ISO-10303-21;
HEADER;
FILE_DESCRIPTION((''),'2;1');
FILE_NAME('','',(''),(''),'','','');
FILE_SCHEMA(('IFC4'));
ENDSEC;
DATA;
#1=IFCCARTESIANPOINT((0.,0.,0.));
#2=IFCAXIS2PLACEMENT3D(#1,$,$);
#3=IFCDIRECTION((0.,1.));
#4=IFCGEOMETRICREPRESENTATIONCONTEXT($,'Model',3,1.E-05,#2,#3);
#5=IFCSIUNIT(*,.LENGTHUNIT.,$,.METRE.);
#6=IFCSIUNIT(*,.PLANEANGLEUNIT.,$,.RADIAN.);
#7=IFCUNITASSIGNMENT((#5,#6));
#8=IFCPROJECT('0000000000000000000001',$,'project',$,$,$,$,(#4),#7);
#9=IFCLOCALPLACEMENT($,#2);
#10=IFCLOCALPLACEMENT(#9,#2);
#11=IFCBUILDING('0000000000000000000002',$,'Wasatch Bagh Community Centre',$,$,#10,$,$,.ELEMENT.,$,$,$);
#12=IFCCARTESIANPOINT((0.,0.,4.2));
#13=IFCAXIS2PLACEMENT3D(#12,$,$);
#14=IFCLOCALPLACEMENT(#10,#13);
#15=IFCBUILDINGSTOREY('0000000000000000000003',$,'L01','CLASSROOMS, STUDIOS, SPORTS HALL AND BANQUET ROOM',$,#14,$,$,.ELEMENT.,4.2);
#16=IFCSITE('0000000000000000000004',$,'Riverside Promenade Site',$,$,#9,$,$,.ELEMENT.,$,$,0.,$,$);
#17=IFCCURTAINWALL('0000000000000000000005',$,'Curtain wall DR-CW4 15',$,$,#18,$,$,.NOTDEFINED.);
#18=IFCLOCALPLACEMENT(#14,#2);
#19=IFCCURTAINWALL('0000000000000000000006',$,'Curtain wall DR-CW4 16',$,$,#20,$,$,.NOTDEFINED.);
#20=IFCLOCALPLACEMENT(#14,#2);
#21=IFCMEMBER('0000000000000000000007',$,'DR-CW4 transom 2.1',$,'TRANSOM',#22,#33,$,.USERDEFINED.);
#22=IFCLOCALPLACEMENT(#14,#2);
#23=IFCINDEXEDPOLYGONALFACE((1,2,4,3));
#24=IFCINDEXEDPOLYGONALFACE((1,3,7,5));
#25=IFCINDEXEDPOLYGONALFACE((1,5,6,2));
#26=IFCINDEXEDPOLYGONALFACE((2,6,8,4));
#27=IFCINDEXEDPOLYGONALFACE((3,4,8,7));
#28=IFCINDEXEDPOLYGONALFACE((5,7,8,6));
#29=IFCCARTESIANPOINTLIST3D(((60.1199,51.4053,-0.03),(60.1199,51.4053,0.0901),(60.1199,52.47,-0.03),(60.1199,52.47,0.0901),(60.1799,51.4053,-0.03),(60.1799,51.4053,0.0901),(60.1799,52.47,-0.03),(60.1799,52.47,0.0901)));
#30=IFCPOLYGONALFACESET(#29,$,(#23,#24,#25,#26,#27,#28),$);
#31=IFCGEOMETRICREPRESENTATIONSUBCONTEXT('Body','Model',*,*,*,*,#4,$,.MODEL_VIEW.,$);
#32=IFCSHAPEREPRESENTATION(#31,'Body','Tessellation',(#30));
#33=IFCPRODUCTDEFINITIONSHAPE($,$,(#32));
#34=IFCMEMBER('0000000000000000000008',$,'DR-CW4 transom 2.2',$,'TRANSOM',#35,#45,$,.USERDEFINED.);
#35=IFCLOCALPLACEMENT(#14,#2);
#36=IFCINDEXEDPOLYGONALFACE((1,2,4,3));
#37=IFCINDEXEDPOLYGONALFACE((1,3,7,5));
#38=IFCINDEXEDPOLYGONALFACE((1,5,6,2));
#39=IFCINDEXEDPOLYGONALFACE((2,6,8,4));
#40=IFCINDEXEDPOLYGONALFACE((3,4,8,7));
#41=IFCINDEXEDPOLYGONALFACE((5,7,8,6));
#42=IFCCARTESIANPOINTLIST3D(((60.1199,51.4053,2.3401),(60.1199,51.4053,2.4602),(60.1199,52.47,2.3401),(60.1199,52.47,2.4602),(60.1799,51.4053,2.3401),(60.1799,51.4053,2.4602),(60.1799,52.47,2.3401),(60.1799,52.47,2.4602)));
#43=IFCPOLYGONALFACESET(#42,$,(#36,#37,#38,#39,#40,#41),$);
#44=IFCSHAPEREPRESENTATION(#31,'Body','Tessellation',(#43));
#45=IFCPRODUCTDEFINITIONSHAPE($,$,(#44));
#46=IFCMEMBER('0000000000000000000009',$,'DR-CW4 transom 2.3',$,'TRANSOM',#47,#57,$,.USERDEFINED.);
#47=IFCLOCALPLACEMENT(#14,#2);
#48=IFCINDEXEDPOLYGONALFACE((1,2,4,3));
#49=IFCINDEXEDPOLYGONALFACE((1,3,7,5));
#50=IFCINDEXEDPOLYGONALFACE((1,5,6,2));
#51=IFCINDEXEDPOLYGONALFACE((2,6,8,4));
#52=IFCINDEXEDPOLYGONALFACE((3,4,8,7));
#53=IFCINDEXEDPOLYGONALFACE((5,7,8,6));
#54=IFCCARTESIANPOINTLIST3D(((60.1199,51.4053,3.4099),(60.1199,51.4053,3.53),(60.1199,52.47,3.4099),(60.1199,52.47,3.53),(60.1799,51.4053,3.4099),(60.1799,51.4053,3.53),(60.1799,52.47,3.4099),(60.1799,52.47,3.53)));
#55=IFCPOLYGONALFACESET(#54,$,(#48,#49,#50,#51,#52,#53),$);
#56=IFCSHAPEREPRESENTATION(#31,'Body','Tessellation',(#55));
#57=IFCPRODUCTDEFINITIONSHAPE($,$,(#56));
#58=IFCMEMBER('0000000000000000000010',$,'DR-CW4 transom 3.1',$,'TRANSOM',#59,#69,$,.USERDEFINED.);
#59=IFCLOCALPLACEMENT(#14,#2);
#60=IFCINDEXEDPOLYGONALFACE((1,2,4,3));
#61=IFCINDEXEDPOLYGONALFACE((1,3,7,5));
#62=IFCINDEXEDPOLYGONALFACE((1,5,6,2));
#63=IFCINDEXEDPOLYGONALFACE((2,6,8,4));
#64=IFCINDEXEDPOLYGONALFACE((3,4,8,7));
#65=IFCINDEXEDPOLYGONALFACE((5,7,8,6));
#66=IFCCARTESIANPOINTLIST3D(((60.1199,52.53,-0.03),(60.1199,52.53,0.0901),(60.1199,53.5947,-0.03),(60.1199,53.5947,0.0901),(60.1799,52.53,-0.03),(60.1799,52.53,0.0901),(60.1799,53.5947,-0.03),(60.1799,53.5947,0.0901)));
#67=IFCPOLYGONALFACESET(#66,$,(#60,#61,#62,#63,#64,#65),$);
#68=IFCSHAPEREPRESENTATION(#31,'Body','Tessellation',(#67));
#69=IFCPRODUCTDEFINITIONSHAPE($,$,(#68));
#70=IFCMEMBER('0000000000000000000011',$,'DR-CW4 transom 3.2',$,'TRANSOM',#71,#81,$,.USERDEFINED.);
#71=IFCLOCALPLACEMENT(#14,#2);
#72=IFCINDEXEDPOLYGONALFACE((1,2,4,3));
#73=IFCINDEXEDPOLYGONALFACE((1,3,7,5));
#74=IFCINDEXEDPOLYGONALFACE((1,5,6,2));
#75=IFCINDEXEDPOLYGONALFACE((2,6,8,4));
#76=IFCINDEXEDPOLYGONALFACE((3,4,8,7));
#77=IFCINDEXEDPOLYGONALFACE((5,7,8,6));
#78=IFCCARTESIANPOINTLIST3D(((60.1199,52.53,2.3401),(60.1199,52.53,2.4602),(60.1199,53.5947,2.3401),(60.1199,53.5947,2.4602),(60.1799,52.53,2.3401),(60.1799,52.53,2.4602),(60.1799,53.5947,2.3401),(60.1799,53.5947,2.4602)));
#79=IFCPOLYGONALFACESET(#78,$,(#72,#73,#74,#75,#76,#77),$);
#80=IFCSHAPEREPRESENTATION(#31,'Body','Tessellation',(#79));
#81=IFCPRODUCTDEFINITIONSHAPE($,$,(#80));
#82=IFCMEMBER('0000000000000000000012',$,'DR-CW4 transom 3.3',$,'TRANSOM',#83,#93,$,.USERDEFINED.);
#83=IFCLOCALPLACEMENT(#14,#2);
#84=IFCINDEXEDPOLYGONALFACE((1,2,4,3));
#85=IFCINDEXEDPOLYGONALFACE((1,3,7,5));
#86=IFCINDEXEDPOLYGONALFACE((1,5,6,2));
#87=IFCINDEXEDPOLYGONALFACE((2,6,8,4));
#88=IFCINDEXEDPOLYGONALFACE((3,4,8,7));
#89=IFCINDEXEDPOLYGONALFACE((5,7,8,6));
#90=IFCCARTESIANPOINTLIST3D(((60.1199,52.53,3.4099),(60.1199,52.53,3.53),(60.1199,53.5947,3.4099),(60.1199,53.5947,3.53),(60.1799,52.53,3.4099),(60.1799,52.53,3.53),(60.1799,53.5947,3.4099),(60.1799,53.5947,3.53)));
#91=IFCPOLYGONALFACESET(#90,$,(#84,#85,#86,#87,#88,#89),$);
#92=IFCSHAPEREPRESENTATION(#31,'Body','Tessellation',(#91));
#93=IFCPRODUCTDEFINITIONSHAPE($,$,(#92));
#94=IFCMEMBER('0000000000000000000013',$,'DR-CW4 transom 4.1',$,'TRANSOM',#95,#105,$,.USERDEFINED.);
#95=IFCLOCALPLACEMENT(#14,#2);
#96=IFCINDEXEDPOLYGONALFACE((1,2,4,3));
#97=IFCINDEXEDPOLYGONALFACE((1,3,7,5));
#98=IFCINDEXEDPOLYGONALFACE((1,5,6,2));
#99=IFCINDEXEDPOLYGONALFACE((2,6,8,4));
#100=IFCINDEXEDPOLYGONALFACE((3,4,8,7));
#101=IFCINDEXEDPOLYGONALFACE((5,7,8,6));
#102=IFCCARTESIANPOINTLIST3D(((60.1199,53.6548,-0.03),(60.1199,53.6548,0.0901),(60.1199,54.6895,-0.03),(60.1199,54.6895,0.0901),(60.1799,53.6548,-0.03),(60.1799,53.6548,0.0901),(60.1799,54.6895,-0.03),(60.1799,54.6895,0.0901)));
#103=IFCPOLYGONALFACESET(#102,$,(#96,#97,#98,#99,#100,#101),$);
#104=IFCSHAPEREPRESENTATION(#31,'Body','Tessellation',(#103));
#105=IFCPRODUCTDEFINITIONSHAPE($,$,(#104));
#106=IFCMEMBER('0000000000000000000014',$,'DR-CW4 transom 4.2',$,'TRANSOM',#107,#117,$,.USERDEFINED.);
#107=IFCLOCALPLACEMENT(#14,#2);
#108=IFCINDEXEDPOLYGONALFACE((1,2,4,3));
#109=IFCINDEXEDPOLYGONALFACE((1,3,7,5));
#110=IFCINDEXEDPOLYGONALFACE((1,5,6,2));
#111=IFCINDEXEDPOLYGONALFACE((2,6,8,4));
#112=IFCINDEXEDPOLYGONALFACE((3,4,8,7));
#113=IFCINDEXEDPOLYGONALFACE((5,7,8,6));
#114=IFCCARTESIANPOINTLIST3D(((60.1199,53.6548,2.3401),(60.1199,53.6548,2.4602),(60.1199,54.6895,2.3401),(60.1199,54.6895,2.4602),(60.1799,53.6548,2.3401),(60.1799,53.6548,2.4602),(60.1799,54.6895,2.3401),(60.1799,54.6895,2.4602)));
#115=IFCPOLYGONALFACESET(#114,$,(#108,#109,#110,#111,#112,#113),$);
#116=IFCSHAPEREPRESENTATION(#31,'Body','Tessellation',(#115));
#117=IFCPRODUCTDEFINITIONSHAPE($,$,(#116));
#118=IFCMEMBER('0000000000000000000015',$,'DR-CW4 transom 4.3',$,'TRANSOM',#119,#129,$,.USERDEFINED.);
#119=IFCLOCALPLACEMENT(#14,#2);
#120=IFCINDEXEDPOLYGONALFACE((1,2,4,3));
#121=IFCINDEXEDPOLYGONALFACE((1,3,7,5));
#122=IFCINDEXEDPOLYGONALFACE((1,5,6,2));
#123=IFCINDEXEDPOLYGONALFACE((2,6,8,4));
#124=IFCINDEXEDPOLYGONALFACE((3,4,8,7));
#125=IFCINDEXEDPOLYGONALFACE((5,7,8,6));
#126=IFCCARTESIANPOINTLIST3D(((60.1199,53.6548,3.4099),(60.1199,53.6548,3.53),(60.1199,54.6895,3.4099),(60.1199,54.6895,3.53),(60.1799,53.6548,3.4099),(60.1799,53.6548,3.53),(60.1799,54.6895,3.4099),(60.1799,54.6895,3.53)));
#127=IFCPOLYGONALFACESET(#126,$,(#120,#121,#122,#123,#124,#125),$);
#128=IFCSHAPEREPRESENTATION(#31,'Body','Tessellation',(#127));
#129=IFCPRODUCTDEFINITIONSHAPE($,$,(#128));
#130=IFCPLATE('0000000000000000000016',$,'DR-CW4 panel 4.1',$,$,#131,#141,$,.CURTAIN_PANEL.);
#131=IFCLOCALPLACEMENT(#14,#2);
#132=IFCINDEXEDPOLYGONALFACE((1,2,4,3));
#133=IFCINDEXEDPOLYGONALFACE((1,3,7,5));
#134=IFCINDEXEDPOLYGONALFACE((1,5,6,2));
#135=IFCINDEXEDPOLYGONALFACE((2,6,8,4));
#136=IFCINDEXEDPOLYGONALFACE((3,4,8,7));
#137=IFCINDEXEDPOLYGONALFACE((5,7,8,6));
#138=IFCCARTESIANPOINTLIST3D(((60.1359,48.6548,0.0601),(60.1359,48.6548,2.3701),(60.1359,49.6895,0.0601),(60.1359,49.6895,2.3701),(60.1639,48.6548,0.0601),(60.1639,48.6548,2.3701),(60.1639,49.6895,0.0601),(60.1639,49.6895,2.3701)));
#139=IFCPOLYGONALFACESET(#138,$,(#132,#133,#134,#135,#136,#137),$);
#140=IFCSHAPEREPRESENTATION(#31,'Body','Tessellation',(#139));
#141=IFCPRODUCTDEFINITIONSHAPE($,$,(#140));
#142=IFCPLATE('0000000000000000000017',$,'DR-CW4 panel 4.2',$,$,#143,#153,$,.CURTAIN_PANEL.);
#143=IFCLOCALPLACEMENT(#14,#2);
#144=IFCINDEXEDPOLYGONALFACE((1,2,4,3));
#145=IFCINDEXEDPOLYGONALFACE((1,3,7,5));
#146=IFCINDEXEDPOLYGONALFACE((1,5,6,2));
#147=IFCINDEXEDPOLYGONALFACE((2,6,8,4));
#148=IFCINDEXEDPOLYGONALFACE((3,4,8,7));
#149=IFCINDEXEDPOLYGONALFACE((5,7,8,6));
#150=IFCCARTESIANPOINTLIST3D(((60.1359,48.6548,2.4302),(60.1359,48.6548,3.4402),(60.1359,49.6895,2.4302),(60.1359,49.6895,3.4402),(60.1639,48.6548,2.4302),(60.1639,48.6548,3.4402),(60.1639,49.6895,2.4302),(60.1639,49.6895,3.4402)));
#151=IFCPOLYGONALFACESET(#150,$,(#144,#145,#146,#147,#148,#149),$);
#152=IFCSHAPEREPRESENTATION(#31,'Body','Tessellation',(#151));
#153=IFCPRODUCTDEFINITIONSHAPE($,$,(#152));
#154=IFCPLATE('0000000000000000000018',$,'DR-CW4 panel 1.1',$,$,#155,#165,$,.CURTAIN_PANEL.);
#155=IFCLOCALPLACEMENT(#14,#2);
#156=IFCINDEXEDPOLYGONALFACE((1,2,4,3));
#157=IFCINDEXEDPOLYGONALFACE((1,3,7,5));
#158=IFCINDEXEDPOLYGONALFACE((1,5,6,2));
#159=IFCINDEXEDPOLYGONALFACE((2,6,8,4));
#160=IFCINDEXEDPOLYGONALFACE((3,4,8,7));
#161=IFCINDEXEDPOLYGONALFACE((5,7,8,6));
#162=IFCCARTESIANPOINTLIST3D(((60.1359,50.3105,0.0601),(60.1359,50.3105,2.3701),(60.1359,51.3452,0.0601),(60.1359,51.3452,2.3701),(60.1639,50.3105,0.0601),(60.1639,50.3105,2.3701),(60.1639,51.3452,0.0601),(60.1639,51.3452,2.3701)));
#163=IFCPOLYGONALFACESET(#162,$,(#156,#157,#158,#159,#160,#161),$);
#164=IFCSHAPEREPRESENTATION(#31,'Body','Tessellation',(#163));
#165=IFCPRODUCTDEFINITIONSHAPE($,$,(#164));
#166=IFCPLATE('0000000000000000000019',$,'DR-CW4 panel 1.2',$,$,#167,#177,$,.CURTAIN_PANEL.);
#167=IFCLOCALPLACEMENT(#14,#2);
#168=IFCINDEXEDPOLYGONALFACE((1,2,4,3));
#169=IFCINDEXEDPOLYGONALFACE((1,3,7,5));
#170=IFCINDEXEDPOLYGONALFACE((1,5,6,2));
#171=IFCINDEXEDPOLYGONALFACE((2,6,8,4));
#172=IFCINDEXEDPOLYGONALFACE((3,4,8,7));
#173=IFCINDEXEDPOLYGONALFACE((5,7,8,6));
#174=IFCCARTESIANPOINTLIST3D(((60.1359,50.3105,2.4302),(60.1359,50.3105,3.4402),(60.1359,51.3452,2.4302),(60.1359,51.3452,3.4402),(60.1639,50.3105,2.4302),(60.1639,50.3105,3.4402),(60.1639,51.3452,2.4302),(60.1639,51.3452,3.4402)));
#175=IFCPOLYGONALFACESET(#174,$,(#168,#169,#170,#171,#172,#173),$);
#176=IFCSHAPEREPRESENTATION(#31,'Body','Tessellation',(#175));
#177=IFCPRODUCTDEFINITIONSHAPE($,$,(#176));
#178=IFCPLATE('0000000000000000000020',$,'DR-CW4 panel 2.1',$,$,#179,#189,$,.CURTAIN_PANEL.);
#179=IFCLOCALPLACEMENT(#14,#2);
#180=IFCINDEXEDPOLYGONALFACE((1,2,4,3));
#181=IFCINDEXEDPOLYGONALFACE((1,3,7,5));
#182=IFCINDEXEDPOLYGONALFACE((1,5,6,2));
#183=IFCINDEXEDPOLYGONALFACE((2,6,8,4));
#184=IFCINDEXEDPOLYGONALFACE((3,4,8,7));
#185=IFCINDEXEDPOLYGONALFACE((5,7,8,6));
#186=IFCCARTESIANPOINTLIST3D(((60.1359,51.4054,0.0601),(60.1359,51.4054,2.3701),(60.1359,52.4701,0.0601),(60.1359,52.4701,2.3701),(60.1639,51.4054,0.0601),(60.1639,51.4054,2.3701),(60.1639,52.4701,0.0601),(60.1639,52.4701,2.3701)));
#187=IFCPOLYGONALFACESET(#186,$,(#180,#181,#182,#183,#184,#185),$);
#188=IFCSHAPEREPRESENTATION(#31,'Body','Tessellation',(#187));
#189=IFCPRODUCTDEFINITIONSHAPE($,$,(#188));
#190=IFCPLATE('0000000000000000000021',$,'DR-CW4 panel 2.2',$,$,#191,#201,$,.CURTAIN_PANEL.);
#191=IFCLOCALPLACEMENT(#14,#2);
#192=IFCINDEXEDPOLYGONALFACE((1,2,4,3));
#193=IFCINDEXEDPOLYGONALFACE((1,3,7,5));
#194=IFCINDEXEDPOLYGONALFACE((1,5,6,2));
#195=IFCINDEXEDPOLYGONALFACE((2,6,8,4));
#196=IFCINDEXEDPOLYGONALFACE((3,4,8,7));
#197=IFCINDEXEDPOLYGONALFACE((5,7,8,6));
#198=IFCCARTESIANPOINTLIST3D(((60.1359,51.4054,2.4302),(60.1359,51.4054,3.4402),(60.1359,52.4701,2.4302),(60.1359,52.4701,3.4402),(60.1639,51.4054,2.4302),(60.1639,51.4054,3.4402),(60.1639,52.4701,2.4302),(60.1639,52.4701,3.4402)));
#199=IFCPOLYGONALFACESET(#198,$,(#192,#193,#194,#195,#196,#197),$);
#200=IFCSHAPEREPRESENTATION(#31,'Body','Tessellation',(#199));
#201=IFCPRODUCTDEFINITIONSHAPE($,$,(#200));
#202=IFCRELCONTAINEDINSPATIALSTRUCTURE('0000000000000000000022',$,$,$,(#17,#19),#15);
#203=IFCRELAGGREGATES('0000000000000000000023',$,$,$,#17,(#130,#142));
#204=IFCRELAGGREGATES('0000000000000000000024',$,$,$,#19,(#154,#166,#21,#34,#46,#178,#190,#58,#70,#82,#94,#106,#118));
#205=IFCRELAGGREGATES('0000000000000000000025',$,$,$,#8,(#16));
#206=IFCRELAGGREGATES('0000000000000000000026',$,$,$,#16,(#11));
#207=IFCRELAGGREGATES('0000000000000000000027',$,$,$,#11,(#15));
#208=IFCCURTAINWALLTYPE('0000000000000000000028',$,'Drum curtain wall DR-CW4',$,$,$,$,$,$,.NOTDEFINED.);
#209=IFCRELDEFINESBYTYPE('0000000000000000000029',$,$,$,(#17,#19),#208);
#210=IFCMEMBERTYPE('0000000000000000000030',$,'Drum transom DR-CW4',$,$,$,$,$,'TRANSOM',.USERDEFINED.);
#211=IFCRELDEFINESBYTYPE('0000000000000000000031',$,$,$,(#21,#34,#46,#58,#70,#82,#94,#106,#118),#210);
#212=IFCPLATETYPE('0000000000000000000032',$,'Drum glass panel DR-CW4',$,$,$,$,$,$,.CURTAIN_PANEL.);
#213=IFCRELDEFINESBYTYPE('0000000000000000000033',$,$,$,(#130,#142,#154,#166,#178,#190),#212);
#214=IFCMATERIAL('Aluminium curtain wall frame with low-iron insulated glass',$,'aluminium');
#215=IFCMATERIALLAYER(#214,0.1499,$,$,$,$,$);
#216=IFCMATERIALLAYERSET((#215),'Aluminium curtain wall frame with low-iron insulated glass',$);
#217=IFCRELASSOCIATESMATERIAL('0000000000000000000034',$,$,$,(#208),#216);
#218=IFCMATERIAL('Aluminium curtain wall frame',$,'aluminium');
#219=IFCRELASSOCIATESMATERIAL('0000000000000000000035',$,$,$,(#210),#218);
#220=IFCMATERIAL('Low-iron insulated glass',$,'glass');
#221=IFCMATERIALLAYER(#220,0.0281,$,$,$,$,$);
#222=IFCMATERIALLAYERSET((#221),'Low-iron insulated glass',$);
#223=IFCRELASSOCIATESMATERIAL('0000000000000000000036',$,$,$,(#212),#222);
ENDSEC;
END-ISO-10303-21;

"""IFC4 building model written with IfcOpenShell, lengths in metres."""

from ifc_helpers import new_model, si_unit, direction, frame, origin, origin_2d, place, context, subcontext, project, spatial, rectangle, extrude, material, layer, layer_set, material_profile, profile_set, type_object, element, aggregate, save


model = new_model("IFC4")

# Units and contexts
model_context = context("Model", 3, precision=1e-05, world=origin(), true_north=direction((0.0, 1.0)))
body_context = subcontext(model_context, "Body", "Model", "MODEL_VIEW")
ifc_project = project(units=[si_unit("LENGTHUNIT", "METRE"), si_unit("PLANEANGLEUNIT", "RADIAN")], contexts=[model_context])

# Site, building, storey
site_placement = place(None, origin())
site = spatial("IfcSite", under=ifc_project, at=site_placement, Name="Riverside Promenade Site", CompositionType="ELEMENT", RefElevation=0.0)
building_placement = place(site_placement, origin())
building = spatial("IfcBuilding", under=site, at=building_placement, Name="Wasatch Bagh Community Centre", CompositionType="ELEMENT")
storey_placement = place(building_placement, frame((0.0, 0.0, 4.2)))
storey = spatial("IfcBuildingStorey", under=building, at=storey_placement, Name="L01", Description="CLASSROOMS, STUDIOS, SPORTS HALL AND BANQUET ROOM", CompositionType="ELEMENT", Elevation=4.2)

# Curtain walls
ifc_material_1 = material(Name="Aluminium curtain wall frame with low-iron insulated glass", Category="aluminium")
ifc_layer_1 = layer(ifc_material_1, 0.1499)
ifc_layer_set_1 = layer_set([ifc_layer_1], Name="Aluminium curtain wall frame with low-iron insulated glass")
curtain_wall_type = type_object("IfcCurtainWallType", Name="Drum curtain wall DR-CW4", PredefinedType="NOTDEFINED", material=ifc_layer_set_1)
curtain_wall_1_placement = place(storey_placement, origin())
curtain_wall_1 = element("IfcCurtainWall", 1, at=curtain_wall_1_placement, inside=storey, type_object=curtain_wall_type, Name="Curtain wall DR-CW4 15", PredefinedType="NOTDEFINED")
ifc_material_2 = material(Name="Aluminium curtain wall frame", Category="aluminium")
curtain_wall_2_placement = place(storey_placement, origin())
curtain_wall_2 = element("IfcCurtainWall", 2, at=curtain_wall_2_placement, inside=storey, type_object=curtain_wall_type, Name="Curtain wall DR-CW4 16", PredefinedType="NOTDEFINED")

# Members
ifc_material_profile_1 = material_profile(ifc_material_2, rectangle(XDim=0.0601, YDim=0.1201, at=origin_2d()), Name="Drum transom DR-CW4")
ifc_profile_set_1 = profile_set([ifc_material_profile_1], Name="Aluminium curtain wall frame")
member_type_1 = type_object("IfcMemberType", Name="Drum transom DR-CW4", ElementType="TRANSOM", PredefinedType="USERDEFINED", material=ifc_profile_set_1)
member_1_placement = place(storey_placement, frame((60.1499, 51.4053, 0.03), z_axis=(0.0, 1.0, 0.0), x_axis=(-1.0, 0.0, 0.0)))
member_1 = element("IfcMember", 3, at=member_1_placement, type_object=member_type_1, Name="DR-CW4 transom 2.1", ObjectType="TRANSOM", PredefinedType="USERDEFINED", context=body_context, shape_type="SweptSolid", body=[
    extrude(rectangle(XDim=0.0601, YDim=0.1201, at=origin_2d()), origin(), (0.0, 0.0, 1.0), 1.0647),
])
member_2_placement = place(storey_placement, frame((60.1499, 51.4053, 2.4001), z_axis=(0.0, 1.0, 0.0), x_axis=(-1.0, 0.0, 0.0)))
member_2 = element("IfcMember", 4, at=member_2_placement, type_object=member_type_1, Name="DR-CW4 transom 2.2", ObjectType="TRANSOM", PredefinedType="USERDEFINED", context=body_context, shape_type="SweptSolid", body=[
    extrude(rectangle(XDim=0.0601, YDim=0.1201, at=origin_2d()), origin(), (0.0, 0.0, 1.0), 1.0647),
])
member_3_placement = place(storey_placement, frame((60.1499, 51.4053, 3.47), z_axis=(0.0, 1.0, 0.0), x_axis=(-1.0, 0.0, 0.0)))
member_3 = element("IfcMember", 5, at=member_3_placement, type_object=member_type_1, Name="DR-CW4 transom 2.3", ObjectType="TRANSOM", PredefinedType="USERDEFINED", context=body_context, shape_type="SweptSolid", body=[
    extrude(rectangle(XDim=0.0601, YDim=0.1201, at=origin_2d()), origin(), (0.0, 0.0, 1.0), 1.0647),
])
member_4_placement = place(storey_placement, frame((60.1499, 52.53, 0.03), z_axis=(0.0, 1.0, 0.0), x_axis=(-1.0, 0.0, 0.0)))
member_4 = element("IfcMember", 6, at=member_4_placement, type_object=member_type_1, Name="DR-CW4 transom 3.1", ObjectType="TRANSOM", PredefinedType="USERDEFINED", context=body_context, shape_type="SweptSolid", body=[
    extrude(rectangle(XDim=0.0601, YDim=0.1201, at=origin_2d()), origin(), (0.0, 0.0, 1.0), 1.0647),
])
member_5_placement = place(storey_placement, frame((60.1499, 52.53, 2.4001), z_axis=(0.0, 1.0, 0.0), x_axis=(-1.0, 0.0, 0.0)))
member_5 = element("IfcMember", 7, at=member_5_placement, type_object=member_type_1, Name="DR-CW4 transom 3.2", ObjectType="TRANSOM", PredefinedType="USERDEFINED", context=body_context, shape_type="SweptSolid", body=[
    extrude(rectangle(XDim=0.0601, YDim=0.1201, at=origin_2d()), origin(), (0.0, 0.0, 1.0), 1.0647),
])
member_6_placement = place(storey_placement, frame((60.1499, 52.53, 3.47), z_axis=(0.0, 1.0, 0.0), x_axis=(-1.0, 0.0, 0.0)))
member_6 = element("IfcMember", 8, at=member_6_placement, type_object=member_type_1, Name="DR-CW4 transom 3.3", ObjectType="TRANSOM", PredefinedType="USERDEFINED", context=body_context, shape_type="SweptSolid", body=[
    extrude(rectangle(XDim=0.0601, YDim=0.1201, at=origin_2d()), origin(), (0.0, 0.0, 1.0), 1.0647),
])
member_7_placement = place(storey_placement, frame((60.1499, 53.6548, 0.03), z_axis=(0.0, 1.0, 0.0), x_axis=(-1.0, 0.0, 0.0)))
member_7 = element("IfcMember", 9, at=member_7_placement, type_object=member_type_1, Name="DR-CW4 transom 4.1", ObjectType="TRANSOM", PredefinedType="USERDEFINED", context=body_context, shape_type="SweptSolid", body=[
    extrude(rectangle(XDim=0.0601, YDim=0.1201, at=origin_2d()), origin(), (0.0, 0.0, 1.0), 1.0347),
])
member_8_placement = place(storey_placement, frame((60.1499, 53.6548, 2.4001), z_axis=(0.0, 1.0, 0.0), x_axis=(-1.0, 0.0, 0.0)))
member_8 = element("IfcMember", 10, at=member_8_placement, type_object=member_type_1, Name="DR-CW4 transom 4.2", ObjectType="TRANSOM", PredefinedType="USERDEFINED", context=body_context, shape_type="SweptSolid", body=[
    extrude(rectangle(XDim=0.0601, YDim=0.1201, at=origin_2d()), origin(), (0.0, 0.0, 1.0), 1.0347),
])
member_9_placement = place(storey_placement, frame((60.1499, 53.6548, 3.47), z_axis=(0.0, 1.0, 0.0), x_axis=(-1.0, 0.0, 0.0)))
member_9 = element("IfcMember", 11, at=member_9_placement, type_object=member_type_1, Name="DR-CW4 transom 4.3", ObjectType="TRANSOM", PredefinedType="USERDEFINED", context=body_context, shape_type="SweptSolid", body=[
    extrude(rectangle(XDim=0.0601, YDim=0.1201, at=origin_2d()), origin(), (0.0, 0.0, 1.0), 1.0347),
])

# Plates
ifc_material_3 = material(Name="Low-iron insulated glass", Category="glass")
ifc_layer_2 = layer(ifc_material_3, 0.0281)
ifc_layer_set_2 = layer_set([ifc_layer_2], Name="Low-iron insulated glass")
plate_type = type_object("IfcPlateType", Name="Drum glass panel DR-CW4", PredefinedType="CURTAIN_PANEL", material=ifc_layer_set_2)
plate_1_placement = place(storey_placement, frame((60.1499, 49.1721, 0.0601), z_axis=(0.0, 0.0, 1.0), x_axis=(0.0, 1.0, 0.0)))
plate_1 = element("IfcPlate", 12, at=plate_1_placement, type_object=plate_type, Name="DR-CW4 panel 4.1", PredefinedType="CURTAIN_PANEL", context=body_context, shape_type="SweptSolid", body=[
    extrude(rectangle(XDim=1.0347, YDim=0.0281, at=origin_2d()), origin(), (0.0, 0.0, 1.0), 2.3101),
])
plate_2_placement = place(storey_placement, frame((60.1499, 49.1721, 2.4302), z_axis=(0.0, 0.0, 1.0), x_axis=(0.0, 1.0, 0.0)))
plate_2 = element("IfcPlate", 13, at=plate_2_placement, type_object=plate_type, Name="DR-CW4 panel 4.2", PredefinedType="CURTAIN_PANEL", context=body_context, shape_type="SweptSolid", body=[
    extrude(rectangle(XDim=1.0347, YDim=0.0281, at=origin_2d()), origin(), (0.0, 0.0, 1.0), 1.01),
])
aggregate(curtain_wall_1, [plate_1, plate_2])
plate_3_placement = place(storey_placement, frame((60.1499, 50.8279, 0.0601), z_axis=(0.0, 0.0, 1.0), x_axis=(0.0, 1.0, 0.0)))
plate_3 = element("IfcPlate", 14, at=plate_3_placement, type_object=plate_type, Name="DR-CW4 panel 1.1", PredefinedType="CURTAIN_PANEL", context=body_context, shape_type="SweptSolid", body=[
    extrude(rectangle(XDim=1.0347, YDim=0.0281, at=origin_2d()), origin(), (0.0, 0.0, 1.0), 2.3101),
])
plate_4_placement = place(storey_placement, frame((60.1499, 50.8279, 2.4302), z_axis=(0.0, 0.0, 1.0), x_axis=(0.0, 1.0, 0.0)))
plate_4 = element("IfcPlate", 15, at=plate_4_placement, type_object=plate_type, Name="DR-CW4 panel 1.2", PredefinedType="CURTAIN_PANEL", context=body_context, shape_type="SweptSolid", body=[
    extrude(rectangle(XDim=1.0347, YDim=0.0281, at=origin_2d()), origin(), (0.0, 0.0, 1.0), 1.01),
])
plate_5_placement = place(storey_placement, frame((60.1499, 51.9377, 0.0601), z_axis=(0.0, 0.0, 1.0), x_axis=(0.0, 1.0, 0.0)))
plate_5 = element("IfcPlate", 16, at=plate_5_placement, type_object=plate_type, Name="DR-CW4 panel 2.1", PredefinedType="CURTAIN_PANEL", context=body_context, shape_type="SweptSolid", body=[
    extrude(rectangle(XDim=1.0647, YDim=0.0281, at=origin_2d()), origin(), (0.0, 0.0, 1.0), 2.3101),
])
plate_6_placement = place(storey_placement, frame((60.1499, 51.9377, 2.4302), z_axis=(0.0, 0.0, 1.0), x_axis=(0.0, 1.0, 0.0)))
plate_6 = element("IfcPlate", 17, at=plate_6_placement, type_object=plate_type, Name="DR-CW4 panel 2.2", PredefinedType="CURTAIN_PANEL", context=body_context, shape_type="SweptSolid", body=[
    extrude(rectangle(XDim=1.0647, YDim=0.0281, at=origin_2d()), origin(), (0.0, 0.0, 1.0), 1.01),
])
aggregate(curtain_wall_2, [plate_3, plate_4, member_1, member_2, member_3, plate_5, plate_6, member_4, member_5, member_6, member_7, member_8, member_9])

save(model, "model.ifc")
